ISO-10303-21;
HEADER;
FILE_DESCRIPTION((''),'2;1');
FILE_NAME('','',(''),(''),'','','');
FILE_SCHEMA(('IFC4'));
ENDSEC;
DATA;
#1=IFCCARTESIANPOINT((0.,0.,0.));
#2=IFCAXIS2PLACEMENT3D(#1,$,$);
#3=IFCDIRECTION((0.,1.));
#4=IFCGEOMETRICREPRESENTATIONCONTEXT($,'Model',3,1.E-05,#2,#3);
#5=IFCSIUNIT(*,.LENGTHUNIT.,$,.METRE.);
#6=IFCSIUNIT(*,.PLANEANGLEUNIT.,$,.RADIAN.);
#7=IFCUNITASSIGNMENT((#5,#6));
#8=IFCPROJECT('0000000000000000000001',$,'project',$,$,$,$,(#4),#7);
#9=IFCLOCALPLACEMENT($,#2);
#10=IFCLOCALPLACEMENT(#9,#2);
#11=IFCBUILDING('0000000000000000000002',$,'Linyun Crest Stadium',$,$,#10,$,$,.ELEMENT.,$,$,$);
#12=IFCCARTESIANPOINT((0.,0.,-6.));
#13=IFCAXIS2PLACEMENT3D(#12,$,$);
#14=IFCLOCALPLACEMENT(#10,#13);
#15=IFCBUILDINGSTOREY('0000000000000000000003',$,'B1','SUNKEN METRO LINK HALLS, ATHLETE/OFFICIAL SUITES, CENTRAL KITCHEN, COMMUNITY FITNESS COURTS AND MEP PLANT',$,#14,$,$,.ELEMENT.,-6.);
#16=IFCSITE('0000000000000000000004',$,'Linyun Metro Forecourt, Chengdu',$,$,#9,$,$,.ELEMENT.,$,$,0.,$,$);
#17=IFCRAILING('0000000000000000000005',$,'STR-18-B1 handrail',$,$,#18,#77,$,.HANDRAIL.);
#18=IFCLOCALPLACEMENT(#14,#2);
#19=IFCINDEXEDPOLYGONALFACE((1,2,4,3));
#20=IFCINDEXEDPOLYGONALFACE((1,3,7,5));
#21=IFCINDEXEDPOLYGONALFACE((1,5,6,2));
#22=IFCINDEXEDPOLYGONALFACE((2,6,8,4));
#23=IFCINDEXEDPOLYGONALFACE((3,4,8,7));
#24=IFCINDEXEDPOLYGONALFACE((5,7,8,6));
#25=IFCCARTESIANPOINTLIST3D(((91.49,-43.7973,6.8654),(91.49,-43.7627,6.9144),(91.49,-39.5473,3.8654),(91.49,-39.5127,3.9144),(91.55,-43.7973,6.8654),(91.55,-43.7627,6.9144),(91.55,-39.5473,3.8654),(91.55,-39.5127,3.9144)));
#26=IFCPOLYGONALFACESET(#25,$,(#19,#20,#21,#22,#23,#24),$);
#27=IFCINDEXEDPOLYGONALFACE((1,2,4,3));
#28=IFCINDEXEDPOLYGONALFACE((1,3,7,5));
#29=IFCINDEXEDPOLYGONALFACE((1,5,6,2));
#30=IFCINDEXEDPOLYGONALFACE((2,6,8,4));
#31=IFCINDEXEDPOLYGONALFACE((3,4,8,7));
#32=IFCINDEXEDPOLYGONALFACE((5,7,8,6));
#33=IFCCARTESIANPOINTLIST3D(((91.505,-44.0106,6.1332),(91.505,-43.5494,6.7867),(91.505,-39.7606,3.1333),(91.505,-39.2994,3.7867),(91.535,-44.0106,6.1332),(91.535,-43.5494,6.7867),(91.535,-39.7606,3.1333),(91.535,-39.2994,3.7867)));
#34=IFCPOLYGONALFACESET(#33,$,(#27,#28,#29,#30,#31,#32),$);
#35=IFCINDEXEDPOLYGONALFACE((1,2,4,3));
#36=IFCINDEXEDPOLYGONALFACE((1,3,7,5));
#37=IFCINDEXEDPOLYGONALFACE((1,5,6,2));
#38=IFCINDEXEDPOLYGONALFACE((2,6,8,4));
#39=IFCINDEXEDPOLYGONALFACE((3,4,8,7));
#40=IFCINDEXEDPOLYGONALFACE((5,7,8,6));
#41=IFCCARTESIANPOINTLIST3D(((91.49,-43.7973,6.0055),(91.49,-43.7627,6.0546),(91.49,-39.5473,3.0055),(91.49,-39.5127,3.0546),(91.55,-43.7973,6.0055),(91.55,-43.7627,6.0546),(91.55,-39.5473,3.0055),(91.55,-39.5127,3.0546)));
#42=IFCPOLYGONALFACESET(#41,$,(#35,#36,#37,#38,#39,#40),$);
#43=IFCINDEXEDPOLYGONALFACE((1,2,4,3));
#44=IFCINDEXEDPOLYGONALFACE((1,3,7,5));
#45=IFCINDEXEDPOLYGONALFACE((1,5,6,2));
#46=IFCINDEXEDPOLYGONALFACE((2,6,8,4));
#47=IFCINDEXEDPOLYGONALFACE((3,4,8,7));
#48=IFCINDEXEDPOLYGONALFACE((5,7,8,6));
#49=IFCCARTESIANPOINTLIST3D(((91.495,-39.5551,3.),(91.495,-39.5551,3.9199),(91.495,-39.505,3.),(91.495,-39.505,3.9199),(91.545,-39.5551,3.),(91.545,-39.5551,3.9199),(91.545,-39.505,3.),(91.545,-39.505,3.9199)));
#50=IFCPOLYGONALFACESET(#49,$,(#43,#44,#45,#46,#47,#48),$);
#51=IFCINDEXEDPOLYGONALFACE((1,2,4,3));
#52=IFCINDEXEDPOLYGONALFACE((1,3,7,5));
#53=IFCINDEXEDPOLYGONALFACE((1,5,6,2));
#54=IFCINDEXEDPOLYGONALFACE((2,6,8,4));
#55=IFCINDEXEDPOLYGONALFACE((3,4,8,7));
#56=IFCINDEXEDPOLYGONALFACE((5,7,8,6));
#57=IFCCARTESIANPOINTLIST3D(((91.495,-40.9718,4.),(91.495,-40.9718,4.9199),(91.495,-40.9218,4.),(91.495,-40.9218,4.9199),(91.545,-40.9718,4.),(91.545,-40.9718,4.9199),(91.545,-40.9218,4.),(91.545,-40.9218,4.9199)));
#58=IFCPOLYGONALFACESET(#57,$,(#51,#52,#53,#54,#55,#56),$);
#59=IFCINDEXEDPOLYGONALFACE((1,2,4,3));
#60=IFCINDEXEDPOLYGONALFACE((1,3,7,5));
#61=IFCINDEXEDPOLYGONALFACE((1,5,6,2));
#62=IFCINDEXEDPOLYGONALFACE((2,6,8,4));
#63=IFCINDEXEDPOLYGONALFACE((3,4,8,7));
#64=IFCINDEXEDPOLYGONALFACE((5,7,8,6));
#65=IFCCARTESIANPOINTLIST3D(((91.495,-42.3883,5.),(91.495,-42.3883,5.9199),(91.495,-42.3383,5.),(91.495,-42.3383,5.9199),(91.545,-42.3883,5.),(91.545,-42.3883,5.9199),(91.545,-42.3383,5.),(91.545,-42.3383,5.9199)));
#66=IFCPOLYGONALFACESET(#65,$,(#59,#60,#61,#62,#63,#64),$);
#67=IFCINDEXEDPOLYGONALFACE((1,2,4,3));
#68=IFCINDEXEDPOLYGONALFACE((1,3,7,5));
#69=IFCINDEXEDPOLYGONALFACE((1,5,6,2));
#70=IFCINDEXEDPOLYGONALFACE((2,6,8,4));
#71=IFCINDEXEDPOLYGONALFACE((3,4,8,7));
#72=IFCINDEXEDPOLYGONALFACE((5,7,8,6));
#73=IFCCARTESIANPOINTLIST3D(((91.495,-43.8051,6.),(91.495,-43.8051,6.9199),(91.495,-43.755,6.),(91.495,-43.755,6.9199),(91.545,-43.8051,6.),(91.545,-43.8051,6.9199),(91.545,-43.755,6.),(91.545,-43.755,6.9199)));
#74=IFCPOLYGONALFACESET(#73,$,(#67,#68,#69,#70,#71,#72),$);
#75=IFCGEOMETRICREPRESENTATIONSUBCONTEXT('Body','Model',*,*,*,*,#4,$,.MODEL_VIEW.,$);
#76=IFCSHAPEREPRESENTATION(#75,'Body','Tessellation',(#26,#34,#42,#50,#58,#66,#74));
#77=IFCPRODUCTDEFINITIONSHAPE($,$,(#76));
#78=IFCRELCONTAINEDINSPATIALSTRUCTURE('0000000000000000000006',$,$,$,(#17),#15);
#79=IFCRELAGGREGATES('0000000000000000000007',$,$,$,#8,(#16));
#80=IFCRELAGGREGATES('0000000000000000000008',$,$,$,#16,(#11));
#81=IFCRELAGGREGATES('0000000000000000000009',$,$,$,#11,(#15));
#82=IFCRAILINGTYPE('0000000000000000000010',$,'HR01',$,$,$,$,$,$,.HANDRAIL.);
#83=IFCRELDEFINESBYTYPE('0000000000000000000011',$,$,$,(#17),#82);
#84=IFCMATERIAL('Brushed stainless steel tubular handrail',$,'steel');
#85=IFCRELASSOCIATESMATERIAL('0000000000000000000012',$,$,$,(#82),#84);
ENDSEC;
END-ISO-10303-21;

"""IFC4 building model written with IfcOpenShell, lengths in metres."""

from ifc_helpers import new_model, si_unit, direction, frame, origin, origin_2d, place, context, subcontext, project, spatial, rectangle, extrude, material, type_object, element, save


model = new_model("IFC4")

# Units and contexts
model_context = context("Model", 3, precision=1e-05, world=origin(), true_north=direction((0.0, 1.0)))
body_context = subcontext(model_context, "Body", "Model", "MODEL_VIEW")
ifc_project = project(units=[si_unit("LENGTHUNIT", "METRE"), si_unit("PLANEANGLEUNIT", "RADIAN")], contexts=[model_context])

# Site, building, storey
site_placement = place(None, origin())
site = spatial("IfcSite", under=ifc_project, at=site_placement, Name="Linyun Metro Forecourt, Chengdu", CompositionType="ELEMENT", RefElevation=0.0)
building_placement = place(site_placement, origin())
building = spatial("IfcBuilding", under=site, at=building_placement, Name="Linyun Crest Stadium", CompositionType="ELEMENT")
storey_placement = place(building_placement, frame((0.0, 0.0, -6.0)))
storey = spatial("IfcBuildingStorey", under=building, at=storey_placement, Name="B1", Description="SUNKEN METRO LINK HALLS, ATHLETE/OFFICIAL SUITES, CENTRAL KITCHEN, COMMUNITY FITNESS COURTS AND MEP PLANT", CompositionType="ELEMENT", Elevation=-6.0)

# Railing
ifc_material_1 = material(Name="Brushed stainless steel tubular handrail", Category="steel")
railing_type_1 = type_object("IfcRailingType", Name="HR01", PredefinedType="HANDRAIL", material=ifc_material_1)
railing_1_placement = place(storey_placement, frame((91.52, -39.53, 3.0)))
element("IfcRailing", 1, at=railing_1_placement, inside=storey, type_object=railing_type_1, Name="STR-18-B1 handrail", PredefinedType="HANDRAIL", context=body_context, shape_type="SweptSolid", body=[
    extrude(rectangle(XDim=0.0601, YDim=0.0601, at=origin_2d()), frame((0.0, 0.0, 0.8899), z_axis=(0.0, -0.816968, 0.576683), x_axis=(1.0, 0.0, 0.0)), (0.0, 0.0, 1.0), 5.2021),
    extrude(rectangle(XDim=0.03, YDim=0.7998, at=origin_2d()), frame((0.0, 0.0, 0.46), z_axis=(0.0, -0.816968, 0.576683), x_axis=(1.0, 0.0, 0.0)), (0.0, 0.0, 1.0), 5.2021),
    extrude(rectangle(XDim=0.0601, YDim=0.0601, at=origin_2d()), frame((0.0, 0.0, 0.03), z_axis=(0.0, -0.816968, 0.576683), x_axis=(1.0, 0.0, 0.0)), (0.0, 0.0, 1.0), 5.2021),
    extrude(rectangle(XDim=0.05, YDim=0.05, at=origin_2d()), origin(), (0.0, 0.0, 1.0), 0.9199),
    extrude(rectangle(XDim=0.05, YDim=0.05, at=origin_2d()), frame((0.0, -1.4167, 1.0)), (0.0, 0.0, 1.0), 0.9199),
    extrude(rectangle(XDim=0.05, YDim=0.05, at=origin_2d()), frame((0.0, -2.8333, 2.0)), (0.0, 0.0, 1.0), 0.9199),
    extrude(rectangle(XDim=0.05, YDim=0.05, at=origin_2d()), frame((0.0, -4.25, 3.0)), (0.0, 0.0, 1.0), 0.9199),
])

save(model, "model.ifc")
